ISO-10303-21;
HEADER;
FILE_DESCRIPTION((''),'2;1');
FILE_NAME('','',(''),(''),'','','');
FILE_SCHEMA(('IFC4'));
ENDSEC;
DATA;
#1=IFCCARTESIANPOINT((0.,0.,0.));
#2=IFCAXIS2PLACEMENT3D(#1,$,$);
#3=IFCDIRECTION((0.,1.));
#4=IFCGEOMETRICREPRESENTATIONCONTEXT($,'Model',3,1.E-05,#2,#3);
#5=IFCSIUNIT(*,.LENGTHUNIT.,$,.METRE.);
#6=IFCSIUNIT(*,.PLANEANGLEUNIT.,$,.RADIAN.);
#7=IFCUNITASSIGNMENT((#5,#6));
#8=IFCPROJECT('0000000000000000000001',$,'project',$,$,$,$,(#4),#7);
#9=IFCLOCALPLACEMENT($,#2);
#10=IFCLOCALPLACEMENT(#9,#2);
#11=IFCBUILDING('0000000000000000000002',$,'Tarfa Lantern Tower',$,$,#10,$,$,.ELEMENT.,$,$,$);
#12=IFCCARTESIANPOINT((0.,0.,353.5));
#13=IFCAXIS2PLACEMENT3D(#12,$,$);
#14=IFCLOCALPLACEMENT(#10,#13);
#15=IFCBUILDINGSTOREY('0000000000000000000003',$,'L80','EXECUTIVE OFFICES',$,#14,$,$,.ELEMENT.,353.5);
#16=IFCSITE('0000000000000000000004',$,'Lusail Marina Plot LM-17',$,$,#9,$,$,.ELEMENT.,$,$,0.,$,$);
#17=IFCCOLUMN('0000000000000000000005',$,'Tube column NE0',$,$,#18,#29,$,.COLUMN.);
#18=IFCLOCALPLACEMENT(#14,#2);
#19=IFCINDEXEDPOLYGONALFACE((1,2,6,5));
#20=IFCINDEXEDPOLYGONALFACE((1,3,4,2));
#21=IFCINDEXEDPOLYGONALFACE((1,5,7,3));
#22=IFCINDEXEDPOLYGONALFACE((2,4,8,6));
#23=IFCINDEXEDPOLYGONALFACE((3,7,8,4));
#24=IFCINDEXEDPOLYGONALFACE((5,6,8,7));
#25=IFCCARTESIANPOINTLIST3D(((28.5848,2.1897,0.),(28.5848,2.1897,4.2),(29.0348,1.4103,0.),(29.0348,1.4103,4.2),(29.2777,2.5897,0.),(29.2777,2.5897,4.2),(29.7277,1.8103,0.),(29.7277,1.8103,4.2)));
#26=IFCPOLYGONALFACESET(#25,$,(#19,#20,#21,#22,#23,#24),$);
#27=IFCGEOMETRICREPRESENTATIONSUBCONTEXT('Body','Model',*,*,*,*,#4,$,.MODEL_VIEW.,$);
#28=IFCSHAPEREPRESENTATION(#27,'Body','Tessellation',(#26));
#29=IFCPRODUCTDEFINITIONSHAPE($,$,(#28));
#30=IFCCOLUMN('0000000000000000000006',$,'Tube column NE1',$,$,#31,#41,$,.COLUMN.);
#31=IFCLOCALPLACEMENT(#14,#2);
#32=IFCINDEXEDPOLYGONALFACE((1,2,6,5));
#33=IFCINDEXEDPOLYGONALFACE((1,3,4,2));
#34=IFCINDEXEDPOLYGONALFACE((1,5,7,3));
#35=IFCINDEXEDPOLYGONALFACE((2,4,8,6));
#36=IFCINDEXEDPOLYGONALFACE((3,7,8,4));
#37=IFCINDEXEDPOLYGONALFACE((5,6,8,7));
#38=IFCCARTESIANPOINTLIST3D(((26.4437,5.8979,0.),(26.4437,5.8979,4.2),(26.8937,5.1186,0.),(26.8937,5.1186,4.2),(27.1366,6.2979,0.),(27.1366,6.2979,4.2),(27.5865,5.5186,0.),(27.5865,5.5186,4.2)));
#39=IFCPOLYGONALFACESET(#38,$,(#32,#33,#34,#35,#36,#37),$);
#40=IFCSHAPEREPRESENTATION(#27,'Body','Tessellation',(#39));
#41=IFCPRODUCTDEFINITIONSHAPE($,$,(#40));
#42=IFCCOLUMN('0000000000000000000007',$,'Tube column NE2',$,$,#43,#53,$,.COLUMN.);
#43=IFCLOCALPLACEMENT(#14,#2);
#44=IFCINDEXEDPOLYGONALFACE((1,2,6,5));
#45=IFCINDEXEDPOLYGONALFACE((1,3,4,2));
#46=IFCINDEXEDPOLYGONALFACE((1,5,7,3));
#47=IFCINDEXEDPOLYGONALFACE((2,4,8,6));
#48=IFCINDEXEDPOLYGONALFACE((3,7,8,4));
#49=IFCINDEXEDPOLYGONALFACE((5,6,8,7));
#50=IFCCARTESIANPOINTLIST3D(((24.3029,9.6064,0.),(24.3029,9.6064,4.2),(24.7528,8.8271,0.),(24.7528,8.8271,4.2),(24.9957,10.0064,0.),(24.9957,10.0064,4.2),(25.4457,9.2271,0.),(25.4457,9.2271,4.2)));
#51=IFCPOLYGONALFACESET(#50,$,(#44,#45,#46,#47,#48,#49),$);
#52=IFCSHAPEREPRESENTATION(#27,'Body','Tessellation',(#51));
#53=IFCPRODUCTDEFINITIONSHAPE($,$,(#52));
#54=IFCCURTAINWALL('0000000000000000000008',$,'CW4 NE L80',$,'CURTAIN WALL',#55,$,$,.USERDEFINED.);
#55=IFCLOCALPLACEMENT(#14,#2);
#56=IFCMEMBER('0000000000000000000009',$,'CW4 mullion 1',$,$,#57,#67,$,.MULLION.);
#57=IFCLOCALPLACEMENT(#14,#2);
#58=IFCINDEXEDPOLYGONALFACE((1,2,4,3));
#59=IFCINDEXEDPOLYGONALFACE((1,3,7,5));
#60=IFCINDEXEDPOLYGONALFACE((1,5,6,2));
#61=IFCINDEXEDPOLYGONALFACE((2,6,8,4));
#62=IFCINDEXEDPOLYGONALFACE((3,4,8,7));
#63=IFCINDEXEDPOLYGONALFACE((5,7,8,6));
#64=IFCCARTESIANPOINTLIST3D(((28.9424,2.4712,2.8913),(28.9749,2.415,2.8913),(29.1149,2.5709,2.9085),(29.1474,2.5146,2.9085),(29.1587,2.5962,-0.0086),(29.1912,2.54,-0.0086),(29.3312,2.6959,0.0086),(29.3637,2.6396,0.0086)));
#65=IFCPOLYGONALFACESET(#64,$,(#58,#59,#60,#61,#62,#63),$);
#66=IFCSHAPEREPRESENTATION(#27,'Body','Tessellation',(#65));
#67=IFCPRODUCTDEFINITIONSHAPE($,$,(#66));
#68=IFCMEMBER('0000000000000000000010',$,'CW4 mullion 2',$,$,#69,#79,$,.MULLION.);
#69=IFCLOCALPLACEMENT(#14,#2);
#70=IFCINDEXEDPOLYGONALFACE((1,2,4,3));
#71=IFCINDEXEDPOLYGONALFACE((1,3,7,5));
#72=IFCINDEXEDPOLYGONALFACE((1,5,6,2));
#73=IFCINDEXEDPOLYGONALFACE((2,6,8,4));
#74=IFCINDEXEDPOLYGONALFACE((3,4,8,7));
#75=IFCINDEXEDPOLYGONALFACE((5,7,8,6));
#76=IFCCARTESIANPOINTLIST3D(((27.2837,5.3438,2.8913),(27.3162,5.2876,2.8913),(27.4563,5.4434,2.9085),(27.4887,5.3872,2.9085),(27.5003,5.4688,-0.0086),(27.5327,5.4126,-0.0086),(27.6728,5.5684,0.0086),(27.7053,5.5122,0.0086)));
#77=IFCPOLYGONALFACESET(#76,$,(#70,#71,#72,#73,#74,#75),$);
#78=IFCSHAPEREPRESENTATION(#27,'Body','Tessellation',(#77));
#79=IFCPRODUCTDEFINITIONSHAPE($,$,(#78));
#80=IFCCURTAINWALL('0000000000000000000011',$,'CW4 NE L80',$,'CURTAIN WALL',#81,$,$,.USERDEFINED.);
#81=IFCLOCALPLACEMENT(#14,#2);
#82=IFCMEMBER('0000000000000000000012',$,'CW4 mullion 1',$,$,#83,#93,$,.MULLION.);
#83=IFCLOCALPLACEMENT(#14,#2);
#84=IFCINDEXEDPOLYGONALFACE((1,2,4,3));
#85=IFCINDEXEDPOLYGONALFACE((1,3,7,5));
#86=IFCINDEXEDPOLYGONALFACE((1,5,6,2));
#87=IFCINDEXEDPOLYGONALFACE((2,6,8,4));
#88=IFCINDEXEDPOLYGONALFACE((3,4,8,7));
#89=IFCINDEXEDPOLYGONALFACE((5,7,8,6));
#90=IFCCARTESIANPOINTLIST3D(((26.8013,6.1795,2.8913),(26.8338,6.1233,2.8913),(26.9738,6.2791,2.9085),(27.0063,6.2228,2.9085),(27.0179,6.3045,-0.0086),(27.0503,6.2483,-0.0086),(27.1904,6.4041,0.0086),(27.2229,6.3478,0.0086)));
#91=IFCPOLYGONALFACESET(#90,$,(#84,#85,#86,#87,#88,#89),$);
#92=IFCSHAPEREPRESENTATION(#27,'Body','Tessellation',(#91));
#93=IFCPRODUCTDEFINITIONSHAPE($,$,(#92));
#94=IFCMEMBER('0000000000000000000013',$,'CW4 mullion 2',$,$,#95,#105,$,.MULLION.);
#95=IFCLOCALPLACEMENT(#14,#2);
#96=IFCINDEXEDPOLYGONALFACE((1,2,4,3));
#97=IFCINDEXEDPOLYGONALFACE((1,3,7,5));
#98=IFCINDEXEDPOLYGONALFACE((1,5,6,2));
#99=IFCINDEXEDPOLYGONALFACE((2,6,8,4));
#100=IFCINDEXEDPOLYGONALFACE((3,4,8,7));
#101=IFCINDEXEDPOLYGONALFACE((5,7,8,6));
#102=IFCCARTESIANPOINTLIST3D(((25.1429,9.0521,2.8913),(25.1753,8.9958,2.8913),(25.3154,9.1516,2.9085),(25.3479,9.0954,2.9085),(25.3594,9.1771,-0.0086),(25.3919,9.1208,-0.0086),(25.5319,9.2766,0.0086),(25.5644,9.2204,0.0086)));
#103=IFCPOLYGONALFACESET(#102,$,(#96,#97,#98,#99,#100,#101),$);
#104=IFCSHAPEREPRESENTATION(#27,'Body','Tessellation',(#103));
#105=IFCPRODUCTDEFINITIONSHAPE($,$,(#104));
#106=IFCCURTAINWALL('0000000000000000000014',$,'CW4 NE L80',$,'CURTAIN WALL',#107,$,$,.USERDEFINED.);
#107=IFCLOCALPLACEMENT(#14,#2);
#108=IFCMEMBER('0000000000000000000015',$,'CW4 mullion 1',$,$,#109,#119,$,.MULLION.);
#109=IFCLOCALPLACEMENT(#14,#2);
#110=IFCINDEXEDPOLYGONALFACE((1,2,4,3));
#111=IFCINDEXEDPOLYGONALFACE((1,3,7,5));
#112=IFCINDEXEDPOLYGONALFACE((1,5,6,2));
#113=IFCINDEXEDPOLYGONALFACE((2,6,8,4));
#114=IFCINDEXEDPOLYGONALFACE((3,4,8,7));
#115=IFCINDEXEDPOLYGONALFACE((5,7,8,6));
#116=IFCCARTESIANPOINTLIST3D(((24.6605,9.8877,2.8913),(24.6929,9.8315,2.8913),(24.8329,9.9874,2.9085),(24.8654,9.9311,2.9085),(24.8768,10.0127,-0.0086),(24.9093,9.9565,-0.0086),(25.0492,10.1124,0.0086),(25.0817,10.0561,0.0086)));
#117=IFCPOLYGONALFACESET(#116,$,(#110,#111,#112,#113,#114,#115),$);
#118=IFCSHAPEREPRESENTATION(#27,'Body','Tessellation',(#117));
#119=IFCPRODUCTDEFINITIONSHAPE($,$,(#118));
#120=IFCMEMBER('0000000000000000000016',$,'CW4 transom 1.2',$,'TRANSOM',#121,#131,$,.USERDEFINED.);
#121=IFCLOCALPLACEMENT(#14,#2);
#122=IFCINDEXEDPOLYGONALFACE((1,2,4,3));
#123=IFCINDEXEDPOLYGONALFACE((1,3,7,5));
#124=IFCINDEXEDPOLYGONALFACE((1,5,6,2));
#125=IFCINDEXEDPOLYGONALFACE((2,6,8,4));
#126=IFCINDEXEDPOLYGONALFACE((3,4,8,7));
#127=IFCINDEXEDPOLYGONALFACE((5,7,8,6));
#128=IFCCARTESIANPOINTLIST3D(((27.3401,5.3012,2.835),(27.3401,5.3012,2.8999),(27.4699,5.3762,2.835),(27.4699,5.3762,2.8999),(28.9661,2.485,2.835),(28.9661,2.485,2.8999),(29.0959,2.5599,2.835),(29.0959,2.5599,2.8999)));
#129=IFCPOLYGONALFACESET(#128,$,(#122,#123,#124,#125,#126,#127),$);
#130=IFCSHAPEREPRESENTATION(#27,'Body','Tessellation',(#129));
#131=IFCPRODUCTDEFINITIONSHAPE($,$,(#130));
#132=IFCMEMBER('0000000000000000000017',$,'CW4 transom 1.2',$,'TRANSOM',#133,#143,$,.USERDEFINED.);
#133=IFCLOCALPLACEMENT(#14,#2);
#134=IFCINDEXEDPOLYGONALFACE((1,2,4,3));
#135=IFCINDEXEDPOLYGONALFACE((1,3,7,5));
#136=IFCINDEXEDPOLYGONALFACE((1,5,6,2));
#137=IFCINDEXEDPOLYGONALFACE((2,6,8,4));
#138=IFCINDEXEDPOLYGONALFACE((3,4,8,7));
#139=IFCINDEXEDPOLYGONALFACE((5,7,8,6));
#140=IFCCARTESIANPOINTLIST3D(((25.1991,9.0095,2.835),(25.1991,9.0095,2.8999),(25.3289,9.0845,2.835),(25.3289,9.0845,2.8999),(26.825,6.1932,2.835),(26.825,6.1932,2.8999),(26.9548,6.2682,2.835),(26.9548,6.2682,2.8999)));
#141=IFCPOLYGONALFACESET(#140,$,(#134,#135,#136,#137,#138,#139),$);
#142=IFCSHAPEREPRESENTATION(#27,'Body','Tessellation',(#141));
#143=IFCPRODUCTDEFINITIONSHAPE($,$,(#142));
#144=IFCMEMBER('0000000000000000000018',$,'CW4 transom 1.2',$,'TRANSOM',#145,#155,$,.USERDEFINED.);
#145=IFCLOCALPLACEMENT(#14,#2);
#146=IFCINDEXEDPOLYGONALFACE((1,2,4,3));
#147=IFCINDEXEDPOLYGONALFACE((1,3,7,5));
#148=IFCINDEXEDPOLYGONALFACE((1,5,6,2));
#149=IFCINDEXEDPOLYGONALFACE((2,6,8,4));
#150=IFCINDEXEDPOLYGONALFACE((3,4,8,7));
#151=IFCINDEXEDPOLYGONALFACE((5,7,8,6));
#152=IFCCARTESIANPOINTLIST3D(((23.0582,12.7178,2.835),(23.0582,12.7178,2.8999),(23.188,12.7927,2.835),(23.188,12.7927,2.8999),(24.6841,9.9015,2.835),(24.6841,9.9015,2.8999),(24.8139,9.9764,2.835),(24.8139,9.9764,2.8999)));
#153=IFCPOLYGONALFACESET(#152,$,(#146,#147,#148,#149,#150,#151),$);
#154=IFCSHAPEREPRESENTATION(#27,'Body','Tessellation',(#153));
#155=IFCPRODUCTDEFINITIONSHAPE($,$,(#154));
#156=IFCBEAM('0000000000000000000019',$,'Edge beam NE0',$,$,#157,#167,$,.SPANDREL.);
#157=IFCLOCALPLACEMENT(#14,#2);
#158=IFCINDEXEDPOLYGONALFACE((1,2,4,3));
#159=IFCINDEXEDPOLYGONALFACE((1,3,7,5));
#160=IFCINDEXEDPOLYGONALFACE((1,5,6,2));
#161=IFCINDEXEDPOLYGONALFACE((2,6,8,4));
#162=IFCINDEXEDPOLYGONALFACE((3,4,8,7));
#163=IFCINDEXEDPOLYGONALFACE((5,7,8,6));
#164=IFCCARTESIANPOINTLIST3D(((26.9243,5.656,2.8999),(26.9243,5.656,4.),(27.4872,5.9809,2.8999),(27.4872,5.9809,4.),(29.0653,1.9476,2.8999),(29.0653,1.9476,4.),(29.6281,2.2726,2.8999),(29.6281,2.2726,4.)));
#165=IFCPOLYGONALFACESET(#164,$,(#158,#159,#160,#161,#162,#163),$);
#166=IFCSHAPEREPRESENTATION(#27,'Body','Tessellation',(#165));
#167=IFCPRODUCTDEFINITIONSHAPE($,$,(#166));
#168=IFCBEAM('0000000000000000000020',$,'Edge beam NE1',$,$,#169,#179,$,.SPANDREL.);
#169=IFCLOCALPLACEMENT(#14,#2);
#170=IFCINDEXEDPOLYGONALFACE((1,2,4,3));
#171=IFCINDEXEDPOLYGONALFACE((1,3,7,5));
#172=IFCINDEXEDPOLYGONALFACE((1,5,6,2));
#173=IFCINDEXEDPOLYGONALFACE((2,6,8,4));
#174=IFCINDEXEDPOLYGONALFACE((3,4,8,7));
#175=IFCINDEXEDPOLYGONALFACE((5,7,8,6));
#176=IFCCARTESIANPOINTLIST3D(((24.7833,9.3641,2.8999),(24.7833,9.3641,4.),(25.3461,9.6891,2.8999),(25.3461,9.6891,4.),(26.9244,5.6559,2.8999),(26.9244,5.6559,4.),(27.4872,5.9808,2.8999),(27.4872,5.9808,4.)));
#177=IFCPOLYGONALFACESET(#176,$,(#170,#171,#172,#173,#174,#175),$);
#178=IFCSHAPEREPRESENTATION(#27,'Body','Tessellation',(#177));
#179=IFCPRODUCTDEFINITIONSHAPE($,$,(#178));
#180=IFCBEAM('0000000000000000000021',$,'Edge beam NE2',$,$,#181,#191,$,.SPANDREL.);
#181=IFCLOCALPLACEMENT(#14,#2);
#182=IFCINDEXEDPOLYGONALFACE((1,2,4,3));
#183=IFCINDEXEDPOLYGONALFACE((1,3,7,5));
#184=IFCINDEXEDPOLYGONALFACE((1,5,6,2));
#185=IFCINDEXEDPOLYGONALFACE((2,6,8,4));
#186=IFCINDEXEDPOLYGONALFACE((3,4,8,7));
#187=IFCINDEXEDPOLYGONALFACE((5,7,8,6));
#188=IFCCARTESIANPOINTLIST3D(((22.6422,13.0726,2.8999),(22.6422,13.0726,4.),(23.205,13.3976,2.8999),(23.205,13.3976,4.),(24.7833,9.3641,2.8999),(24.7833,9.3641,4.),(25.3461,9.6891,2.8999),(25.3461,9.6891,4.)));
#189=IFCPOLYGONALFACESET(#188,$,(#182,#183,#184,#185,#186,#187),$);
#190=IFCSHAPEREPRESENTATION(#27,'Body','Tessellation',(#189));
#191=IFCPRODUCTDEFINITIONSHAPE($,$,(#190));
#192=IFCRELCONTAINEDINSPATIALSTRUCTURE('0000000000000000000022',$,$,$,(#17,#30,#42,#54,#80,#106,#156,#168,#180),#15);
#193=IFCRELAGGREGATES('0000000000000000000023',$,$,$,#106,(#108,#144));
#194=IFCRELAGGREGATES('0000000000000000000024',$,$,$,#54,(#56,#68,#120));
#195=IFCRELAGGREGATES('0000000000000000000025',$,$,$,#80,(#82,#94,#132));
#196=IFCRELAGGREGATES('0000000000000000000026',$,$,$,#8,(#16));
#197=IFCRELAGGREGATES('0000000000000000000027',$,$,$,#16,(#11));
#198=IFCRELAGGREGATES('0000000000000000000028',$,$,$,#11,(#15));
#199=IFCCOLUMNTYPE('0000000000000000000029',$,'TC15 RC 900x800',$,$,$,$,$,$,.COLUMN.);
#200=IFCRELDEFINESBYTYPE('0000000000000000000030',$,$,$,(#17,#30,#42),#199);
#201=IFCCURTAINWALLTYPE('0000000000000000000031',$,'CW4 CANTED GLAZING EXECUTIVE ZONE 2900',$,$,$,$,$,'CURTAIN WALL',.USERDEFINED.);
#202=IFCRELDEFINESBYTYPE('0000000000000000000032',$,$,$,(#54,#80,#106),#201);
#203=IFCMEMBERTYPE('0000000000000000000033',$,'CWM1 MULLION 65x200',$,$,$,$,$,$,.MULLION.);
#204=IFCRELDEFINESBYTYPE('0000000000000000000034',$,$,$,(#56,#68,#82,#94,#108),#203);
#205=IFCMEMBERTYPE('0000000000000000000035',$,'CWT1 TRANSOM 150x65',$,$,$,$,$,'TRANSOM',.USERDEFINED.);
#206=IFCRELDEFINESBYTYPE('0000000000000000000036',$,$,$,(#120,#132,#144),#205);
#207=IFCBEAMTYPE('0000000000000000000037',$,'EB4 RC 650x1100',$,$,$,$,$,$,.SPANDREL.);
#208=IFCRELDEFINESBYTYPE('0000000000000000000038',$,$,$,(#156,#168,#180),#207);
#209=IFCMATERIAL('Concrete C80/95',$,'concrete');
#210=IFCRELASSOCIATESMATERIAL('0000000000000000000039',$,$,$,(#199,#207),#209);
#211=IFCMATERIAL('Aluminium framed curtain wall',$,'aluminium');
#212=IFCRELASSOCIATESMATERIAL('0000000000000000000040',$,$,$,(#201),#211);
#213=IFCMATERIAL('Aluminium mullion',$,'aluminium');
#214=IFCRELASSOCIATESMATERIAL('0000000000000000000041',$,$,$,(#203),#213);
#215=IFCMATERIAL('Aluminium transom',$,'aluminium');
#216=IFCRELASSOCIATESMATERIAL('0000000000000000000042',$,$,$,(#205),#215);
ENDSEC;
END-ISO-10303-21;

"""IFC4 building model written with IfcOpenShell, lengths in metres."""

from ifc_helpers import new_model, si_unit, direction, frame, origin, origin_2d, place, context, subcontext, project, spatial, rectangle, extrude, material, material_profile, profile_set, type_object, element, aggregate, save


model = new_model("IFC4")

# Units and contexts
model_context = context("Model", 3, precision=1e-05, world=origin(), true_north=direction((0.0, 1.0)))
body_context = subcontext(model_context, "Body", "Model", "MODEL_VIEW")
ifc_project = project(units=[si_unit("LENGTHUNIT", "METRE"), si_unit("PLANEANGLEUNIT", "RADIAN")], contexts=[model_context])

# Site, building, storey
site_placement = place(None, origin())
site = spatial("IfcSite", under=ifc_project, at=site_placement, Name="Lusail Marina Plot LM-17", CompositionType="ELEMENT", RefElevation=0.0)
building_placement = place(site_placement, origin())
building = spatial("IfcBuilding", under=site, at=building_placement, Name="Tarfa Lantern Tower", CompositionType="ELEMENT")
storey_placement = place(building_placement, frame((0.0, 0.0, 353.5)))
storey = spatial("IfcBuildingStorey", under=building, at=storey_placement, Name="L80", Description="EXECUTIVE OFFICES", CompositionType="ELEMENT", Elevation=353.5)

# Columns
ifc_material_1 = material(Name="Concrete C80/95", Category="concrete")
ifc_material_profile_1 = material_profile(ifc_material_1, rectangle(XDim=0.8999, YDim=0.8, at=origin_2d()), Name="RC 900x800")
ifc_profile_set_1 = profile_set([ifc_material_profile_1], Name="Concrete C80/95")
column_type = type_object("IfcColumnType", Name="TC15 RC 900x800", PredefinedType="COLUMN", material=ifc_profile_set_1)
for number, where, z_axis, x_axis, name in (
    (1, (29.1562, 2.0, 0.0), (0.0, 0.0, 1.0), (-0.5, 0.866025, 0.0), "Tube column NE0"),
    (2, (27.0151, 5.7083, 0.0), (0.0, 0.0, 1.0), (-0.5, 0.866025, 0.0), "Tube column NE1"),
    (3, (24.8743, 9.4167, 0.0), (0.0, 0.0, 1.0), (-0.5, 0.866025, 0.0), "Tube column NE2"),
):
    element("IfcColumn", number, at=place(storey_placement, frame(where, z_axis=z_axis, x_axis=x_axis)), inside=storey, type_object=column_type, Name=name, PredefinedType="COLUMN", context=body_context, shape_type="SweptSolid", body=[
        extrude(rectangle(XDim=0.8999, YDim=0.8, at=origin_2d()), origin(), (0.0, 0.0, 1.0), 4.2),
    ])

# Curtain walls, members
ifc_material_2 = material(Name="Aluminium framed curtain wall", Category="aluminium")
curtain_wall_type = type_object("IfcCurtainWallType", Name="CW4 CANTED GLAZING EXECUTIVE ZONE 2900", ElementType="CURTAIN WALL", PredefinedType="USERDEFINED", material=ifc_material_2)
curtain_wall_1_placement = place(storey_placement, origin())
curtain_wall_1 = element("IfcCurtainWall", 4, at=curtain_wall_1_placement, inside=storey, type_object=curtain_wall_type, Name="CW4 NE L80", ObjectType="CURTAIN WALL", PredefinedType="USERDEFINED")
ifc_material_3 = material(Name="Aluminium mullion", Category="aluminium")
ifc_material_profile_2 = material_profile(ifc_material_3, rectangle(XDim=0.0649, YDim=0.2, at=origin_2d()), Name="AL MULLION 65x200")
ifc_profile_set_2 = profile_set([ifc_material_profile_2], Name="Aluminium mullion")
member_type_1 = type_object("IfcMemberType", Name="CWM1 MULLION 65x200", PredefinedType="MULLION", material=ifc_profile_set_2)
member_1_placement = place(storey_placement, frame((29.2612, 2.6179, 0.0), z_axis=(-0.074316, -0.042946, 0.99631), x_axis=(0.500343, -0.865827, 0.0)))
member_1 = element("IfcMember", 5, at=member_1_placement, type_object=member_type_1, Name="CW4 mullion 1", PredefinedType="MULLION", context=body_context, shape_type="SweptSolid", body=[
    extrude(rectangle(XDim=0.0649, YDim=0.2, at=origin_2d()), origin(), (0.0, 0.0, 1.0), 2.9106),
])
member_2_placement = place(storey_placement, frame((27.6028, 5.4905, 0.0), z_axis=(-0.0744, -0.042946, 0.996303), x_axis=(0.49992, -0.866072, 0.0)))
member_2 = element("IfcMember", 6, at=member_2_placement, type_object=member_type_1, Name="CW4 mullion 2", PredefinedType="MULLION", context=body_context, shape_type="SweptSolid", body=[
    extrude(rectangle(XDim=0.0649, YDim=0.2, at=origin_2d()), origin(), (0.0, 0.0, 1.0), 2.9106),
])
curtain_wall_2_placement = place(storey_placement, origin())
curtain_wall_2 = element("IfcCurtainWall", 7, at=curtain_wall_2_placement, inside=storey, type_object=curtain_wall_type, Name="CW4 NE L80", ObjectType="CURTAIN WALL", PredefinedType="USERDEFINED")
member_3_placement = place(storey_placement, frame((27.1204, 6.3262, 0.0), z_axis=(-0.0744, -0.042946, 0.996303), x_axis=(0.49992, -0.866072, 0.0)))
member_3 = element("IfcMember", 8, at=member_3_placement, type_object=member_type_1, Name="CW4 mullion 1", PredefinedType="MULLION", context=body_context, shape_type="SweptSolid", body=[
    extrude(rectangle(XDim=0.0649, YDim=0.2, at=origin_2d()), origin(), (0.0, 0.0, 1.0), 2.9106),
])
member_4_placement = place(storey_placement, frame((25.4619, 9.1987, 0.0), z_axis=(-0.0744, -0.042946, 0.996303), x_axis=(0.49992, -0.866072, 0.0)))
member_4 = element("IfcMember", 9, at=member_4_placement, type_object=member_type_1, Name="CW4 mullion 2", PredefinedType="MULLION", context=body_context, shape_type="SweptSolid", body=[
    extrude(rectangle(XDim=0.0649, YDim=0.2, at=origin_2d()), origin(), (0.0, 0.0, 1.0), 2.9106),
])

# Curtain wall, member
curtain_wall_3_placement = place(storey_placement, origin())
curtain_wall_3 = element("IfcCurtainWall", 10, at=curtain_wall_3_placement, inside=storey, type_object=curtain_wall_type, Name="CW4 NE L80", ObjectType="CURTAIN WALL", PredefinedType="USERDEFINED")
member_5_placement = place(storey_placement, frame((24.9792, 10.0344, 0.0), z_axis=(-0.074316, -0.042946, 0.99631), x_axis=(0.500343, -0.865827, 0.0)))
member_5 = element("IfcMember", 11, at=member_5_placement, type_object=member_type_1, Name="CW4 mullion 1", PredefinedType="MULLION", context=body_context, shape_type="SweptSolid", body=[
    extrude(rectangle(XDim=0.0649, YDim=0.2, at=origin_2d()), origin(), (0.0, 0.0, 1.0), 2.9106),
])

# Members
ifc_material_4 = material(Name="Aluminium transom", Category="aluminium")
ifc_material_profile_3 = material_profile(ifc_material_4, rectangle(XDim=0.1499, YDim=0.0649, at=origin_2d()), Name="AL TRANSOM 150x65")
ifc_profile_set_3 = profile_set([ifc_material_profile_3], Name="Aluminium transom")
member_type_2 = type_object("IfcMemberType", Name="CWT1 TRANSOM 150x65", ElementType="TRANSOM", PredefinedType="USERDEFINED", material=ifc_profile_set_3)
member_6_placement = place(storey_placement, frame((29.031, 2.5225, 2.8674), z_axis=(-0.500015, 0.866017, 0.0), x_axis=(-0.866017, -0.500015, 0.0)))
member_6 = element("IfcMember", 12, at=member_6_placement, type_object=member_type_2, Name="CW4 transom 1.2", ObjectType="TRANSOM", PredefinedType="USERDEFINED", context=body_context, shape_type="SweptSolid", body=[
    extrude(rectangle(XDim=0.1499, YDim=0.0649, at=origin_2d()), origin(), (0.0, 0.0, 1.0), 3.252),
])
member_7_placement = place(storey_placement, frame((26.8899, 6.2307, 2.8674), z_axis=(-0.499982, 0.866036, 0.0), x_axis=(-0.866036, -0.499982, 0.0)))
member_7 = element("IfcMember", 13, at=member_7_placement, type_object=member_type_2, Name="CW4 transom 1.2", ObjectType="TRANSOM", PredefinedType="USERDEFINED", context=body_context, shape_type="SweptSolid", body=[
    extrude(rectangle(XDim=0.1499, YDim=0.0649, at=origin_2d()), origin(), (0.0, 0.0, 1.0), 3.252),
])
member_8_placement = place(storey_placement, frame((24.749, 9.939, 2.8674), z_axis=(-0.499982, 0.866036, 0.0), x_axis=(-0.866036, -0.499982, 0.0)))
member_8 = element("IfcMember", 14, at=member_8_placement, type_object=member_type_2, Name="CW4 transom 1.2", ObjectType="TRANSOM", PredefinedType="USERDEFINED", context=body_context, shape_type="SweptSolid", body=[
    extrude(rectangle(XDim=0.1499, YDim=0.0649, at=origin_2d()), origin(), (0.0, 0.0, 1.0), 3.252),
])
aggregate(curtain_wall_3, [member_5, member_8])

# Beams
ifc_material_profile_4 = material_profile(ifc_material_1, rectangle(XDim=0.6499, YDim=1.1001, at=origin_2d()), Name="RC 650x1100")
ifc_profile_set_4 = profile_set([ifc_material_profile_4], Name="Concrete C80/95")
beam_type_1 = type_object("IfcBeamType", Name="EB4 RC 650x1100", PredefinedType="SPANDREL", material=ifc_profile_set_4)
for number, where, z_axis, x_axis, name in (
    (15, (29.3467, 2.1101, 3.45), (-0.499984, 0.866035, 0.0), (-0.866035, -0.499984, 0.0), "Edge beam NE0"),
    (16, (27.2058, 5.8184, 3.45), (-0.500027, 0.86601, 0.0), (-0.86601, -0.500027, 0.0), "Edge beam NE1"),
):
    element("IfcBeam", number, at=place(storey_placement, frame(where, z_axis=z_axis, x_axis=x_axis)), inside=storey, type_object=beam_type_1, Name=name, PredefinedType="SPANDREL", context=body_context, shape_type="SweptSolid", body=[
        extrude(rectangle(XDim=0.6499, YDim=1.1001, at=origin_2d()), origin(), (0.0, 0.0, 1.0), 4.282),
    ])
beam_1_placement = place(storey_placement, frame((25.0647, 9.5266, 3.45), z_axis=(-0.500002, 0.866024, 0.0), x_axis=(-0.866024, -0.500002, 0.0)))
element("IfcBeam", 17, at=beam_1_placement, inside=storey, type_object=beam_type_1, Name="Edge beam NE2", PredefinedType="SPANDREL", context=body_context, shape_type="SweptSolid", body=[
    extrude(rectangle(XDim=0.6499, YDim=1.1001, at=origin_2d()), origin(), (0.0, 0.0, 1.0), 4.2822),
])

aggregate(curtain_wall_1, [member_1, member_2, member_6])
aggregate(curtain_wall_2, [member_3, member_4, member_7])

save(model, "model.ifc")
